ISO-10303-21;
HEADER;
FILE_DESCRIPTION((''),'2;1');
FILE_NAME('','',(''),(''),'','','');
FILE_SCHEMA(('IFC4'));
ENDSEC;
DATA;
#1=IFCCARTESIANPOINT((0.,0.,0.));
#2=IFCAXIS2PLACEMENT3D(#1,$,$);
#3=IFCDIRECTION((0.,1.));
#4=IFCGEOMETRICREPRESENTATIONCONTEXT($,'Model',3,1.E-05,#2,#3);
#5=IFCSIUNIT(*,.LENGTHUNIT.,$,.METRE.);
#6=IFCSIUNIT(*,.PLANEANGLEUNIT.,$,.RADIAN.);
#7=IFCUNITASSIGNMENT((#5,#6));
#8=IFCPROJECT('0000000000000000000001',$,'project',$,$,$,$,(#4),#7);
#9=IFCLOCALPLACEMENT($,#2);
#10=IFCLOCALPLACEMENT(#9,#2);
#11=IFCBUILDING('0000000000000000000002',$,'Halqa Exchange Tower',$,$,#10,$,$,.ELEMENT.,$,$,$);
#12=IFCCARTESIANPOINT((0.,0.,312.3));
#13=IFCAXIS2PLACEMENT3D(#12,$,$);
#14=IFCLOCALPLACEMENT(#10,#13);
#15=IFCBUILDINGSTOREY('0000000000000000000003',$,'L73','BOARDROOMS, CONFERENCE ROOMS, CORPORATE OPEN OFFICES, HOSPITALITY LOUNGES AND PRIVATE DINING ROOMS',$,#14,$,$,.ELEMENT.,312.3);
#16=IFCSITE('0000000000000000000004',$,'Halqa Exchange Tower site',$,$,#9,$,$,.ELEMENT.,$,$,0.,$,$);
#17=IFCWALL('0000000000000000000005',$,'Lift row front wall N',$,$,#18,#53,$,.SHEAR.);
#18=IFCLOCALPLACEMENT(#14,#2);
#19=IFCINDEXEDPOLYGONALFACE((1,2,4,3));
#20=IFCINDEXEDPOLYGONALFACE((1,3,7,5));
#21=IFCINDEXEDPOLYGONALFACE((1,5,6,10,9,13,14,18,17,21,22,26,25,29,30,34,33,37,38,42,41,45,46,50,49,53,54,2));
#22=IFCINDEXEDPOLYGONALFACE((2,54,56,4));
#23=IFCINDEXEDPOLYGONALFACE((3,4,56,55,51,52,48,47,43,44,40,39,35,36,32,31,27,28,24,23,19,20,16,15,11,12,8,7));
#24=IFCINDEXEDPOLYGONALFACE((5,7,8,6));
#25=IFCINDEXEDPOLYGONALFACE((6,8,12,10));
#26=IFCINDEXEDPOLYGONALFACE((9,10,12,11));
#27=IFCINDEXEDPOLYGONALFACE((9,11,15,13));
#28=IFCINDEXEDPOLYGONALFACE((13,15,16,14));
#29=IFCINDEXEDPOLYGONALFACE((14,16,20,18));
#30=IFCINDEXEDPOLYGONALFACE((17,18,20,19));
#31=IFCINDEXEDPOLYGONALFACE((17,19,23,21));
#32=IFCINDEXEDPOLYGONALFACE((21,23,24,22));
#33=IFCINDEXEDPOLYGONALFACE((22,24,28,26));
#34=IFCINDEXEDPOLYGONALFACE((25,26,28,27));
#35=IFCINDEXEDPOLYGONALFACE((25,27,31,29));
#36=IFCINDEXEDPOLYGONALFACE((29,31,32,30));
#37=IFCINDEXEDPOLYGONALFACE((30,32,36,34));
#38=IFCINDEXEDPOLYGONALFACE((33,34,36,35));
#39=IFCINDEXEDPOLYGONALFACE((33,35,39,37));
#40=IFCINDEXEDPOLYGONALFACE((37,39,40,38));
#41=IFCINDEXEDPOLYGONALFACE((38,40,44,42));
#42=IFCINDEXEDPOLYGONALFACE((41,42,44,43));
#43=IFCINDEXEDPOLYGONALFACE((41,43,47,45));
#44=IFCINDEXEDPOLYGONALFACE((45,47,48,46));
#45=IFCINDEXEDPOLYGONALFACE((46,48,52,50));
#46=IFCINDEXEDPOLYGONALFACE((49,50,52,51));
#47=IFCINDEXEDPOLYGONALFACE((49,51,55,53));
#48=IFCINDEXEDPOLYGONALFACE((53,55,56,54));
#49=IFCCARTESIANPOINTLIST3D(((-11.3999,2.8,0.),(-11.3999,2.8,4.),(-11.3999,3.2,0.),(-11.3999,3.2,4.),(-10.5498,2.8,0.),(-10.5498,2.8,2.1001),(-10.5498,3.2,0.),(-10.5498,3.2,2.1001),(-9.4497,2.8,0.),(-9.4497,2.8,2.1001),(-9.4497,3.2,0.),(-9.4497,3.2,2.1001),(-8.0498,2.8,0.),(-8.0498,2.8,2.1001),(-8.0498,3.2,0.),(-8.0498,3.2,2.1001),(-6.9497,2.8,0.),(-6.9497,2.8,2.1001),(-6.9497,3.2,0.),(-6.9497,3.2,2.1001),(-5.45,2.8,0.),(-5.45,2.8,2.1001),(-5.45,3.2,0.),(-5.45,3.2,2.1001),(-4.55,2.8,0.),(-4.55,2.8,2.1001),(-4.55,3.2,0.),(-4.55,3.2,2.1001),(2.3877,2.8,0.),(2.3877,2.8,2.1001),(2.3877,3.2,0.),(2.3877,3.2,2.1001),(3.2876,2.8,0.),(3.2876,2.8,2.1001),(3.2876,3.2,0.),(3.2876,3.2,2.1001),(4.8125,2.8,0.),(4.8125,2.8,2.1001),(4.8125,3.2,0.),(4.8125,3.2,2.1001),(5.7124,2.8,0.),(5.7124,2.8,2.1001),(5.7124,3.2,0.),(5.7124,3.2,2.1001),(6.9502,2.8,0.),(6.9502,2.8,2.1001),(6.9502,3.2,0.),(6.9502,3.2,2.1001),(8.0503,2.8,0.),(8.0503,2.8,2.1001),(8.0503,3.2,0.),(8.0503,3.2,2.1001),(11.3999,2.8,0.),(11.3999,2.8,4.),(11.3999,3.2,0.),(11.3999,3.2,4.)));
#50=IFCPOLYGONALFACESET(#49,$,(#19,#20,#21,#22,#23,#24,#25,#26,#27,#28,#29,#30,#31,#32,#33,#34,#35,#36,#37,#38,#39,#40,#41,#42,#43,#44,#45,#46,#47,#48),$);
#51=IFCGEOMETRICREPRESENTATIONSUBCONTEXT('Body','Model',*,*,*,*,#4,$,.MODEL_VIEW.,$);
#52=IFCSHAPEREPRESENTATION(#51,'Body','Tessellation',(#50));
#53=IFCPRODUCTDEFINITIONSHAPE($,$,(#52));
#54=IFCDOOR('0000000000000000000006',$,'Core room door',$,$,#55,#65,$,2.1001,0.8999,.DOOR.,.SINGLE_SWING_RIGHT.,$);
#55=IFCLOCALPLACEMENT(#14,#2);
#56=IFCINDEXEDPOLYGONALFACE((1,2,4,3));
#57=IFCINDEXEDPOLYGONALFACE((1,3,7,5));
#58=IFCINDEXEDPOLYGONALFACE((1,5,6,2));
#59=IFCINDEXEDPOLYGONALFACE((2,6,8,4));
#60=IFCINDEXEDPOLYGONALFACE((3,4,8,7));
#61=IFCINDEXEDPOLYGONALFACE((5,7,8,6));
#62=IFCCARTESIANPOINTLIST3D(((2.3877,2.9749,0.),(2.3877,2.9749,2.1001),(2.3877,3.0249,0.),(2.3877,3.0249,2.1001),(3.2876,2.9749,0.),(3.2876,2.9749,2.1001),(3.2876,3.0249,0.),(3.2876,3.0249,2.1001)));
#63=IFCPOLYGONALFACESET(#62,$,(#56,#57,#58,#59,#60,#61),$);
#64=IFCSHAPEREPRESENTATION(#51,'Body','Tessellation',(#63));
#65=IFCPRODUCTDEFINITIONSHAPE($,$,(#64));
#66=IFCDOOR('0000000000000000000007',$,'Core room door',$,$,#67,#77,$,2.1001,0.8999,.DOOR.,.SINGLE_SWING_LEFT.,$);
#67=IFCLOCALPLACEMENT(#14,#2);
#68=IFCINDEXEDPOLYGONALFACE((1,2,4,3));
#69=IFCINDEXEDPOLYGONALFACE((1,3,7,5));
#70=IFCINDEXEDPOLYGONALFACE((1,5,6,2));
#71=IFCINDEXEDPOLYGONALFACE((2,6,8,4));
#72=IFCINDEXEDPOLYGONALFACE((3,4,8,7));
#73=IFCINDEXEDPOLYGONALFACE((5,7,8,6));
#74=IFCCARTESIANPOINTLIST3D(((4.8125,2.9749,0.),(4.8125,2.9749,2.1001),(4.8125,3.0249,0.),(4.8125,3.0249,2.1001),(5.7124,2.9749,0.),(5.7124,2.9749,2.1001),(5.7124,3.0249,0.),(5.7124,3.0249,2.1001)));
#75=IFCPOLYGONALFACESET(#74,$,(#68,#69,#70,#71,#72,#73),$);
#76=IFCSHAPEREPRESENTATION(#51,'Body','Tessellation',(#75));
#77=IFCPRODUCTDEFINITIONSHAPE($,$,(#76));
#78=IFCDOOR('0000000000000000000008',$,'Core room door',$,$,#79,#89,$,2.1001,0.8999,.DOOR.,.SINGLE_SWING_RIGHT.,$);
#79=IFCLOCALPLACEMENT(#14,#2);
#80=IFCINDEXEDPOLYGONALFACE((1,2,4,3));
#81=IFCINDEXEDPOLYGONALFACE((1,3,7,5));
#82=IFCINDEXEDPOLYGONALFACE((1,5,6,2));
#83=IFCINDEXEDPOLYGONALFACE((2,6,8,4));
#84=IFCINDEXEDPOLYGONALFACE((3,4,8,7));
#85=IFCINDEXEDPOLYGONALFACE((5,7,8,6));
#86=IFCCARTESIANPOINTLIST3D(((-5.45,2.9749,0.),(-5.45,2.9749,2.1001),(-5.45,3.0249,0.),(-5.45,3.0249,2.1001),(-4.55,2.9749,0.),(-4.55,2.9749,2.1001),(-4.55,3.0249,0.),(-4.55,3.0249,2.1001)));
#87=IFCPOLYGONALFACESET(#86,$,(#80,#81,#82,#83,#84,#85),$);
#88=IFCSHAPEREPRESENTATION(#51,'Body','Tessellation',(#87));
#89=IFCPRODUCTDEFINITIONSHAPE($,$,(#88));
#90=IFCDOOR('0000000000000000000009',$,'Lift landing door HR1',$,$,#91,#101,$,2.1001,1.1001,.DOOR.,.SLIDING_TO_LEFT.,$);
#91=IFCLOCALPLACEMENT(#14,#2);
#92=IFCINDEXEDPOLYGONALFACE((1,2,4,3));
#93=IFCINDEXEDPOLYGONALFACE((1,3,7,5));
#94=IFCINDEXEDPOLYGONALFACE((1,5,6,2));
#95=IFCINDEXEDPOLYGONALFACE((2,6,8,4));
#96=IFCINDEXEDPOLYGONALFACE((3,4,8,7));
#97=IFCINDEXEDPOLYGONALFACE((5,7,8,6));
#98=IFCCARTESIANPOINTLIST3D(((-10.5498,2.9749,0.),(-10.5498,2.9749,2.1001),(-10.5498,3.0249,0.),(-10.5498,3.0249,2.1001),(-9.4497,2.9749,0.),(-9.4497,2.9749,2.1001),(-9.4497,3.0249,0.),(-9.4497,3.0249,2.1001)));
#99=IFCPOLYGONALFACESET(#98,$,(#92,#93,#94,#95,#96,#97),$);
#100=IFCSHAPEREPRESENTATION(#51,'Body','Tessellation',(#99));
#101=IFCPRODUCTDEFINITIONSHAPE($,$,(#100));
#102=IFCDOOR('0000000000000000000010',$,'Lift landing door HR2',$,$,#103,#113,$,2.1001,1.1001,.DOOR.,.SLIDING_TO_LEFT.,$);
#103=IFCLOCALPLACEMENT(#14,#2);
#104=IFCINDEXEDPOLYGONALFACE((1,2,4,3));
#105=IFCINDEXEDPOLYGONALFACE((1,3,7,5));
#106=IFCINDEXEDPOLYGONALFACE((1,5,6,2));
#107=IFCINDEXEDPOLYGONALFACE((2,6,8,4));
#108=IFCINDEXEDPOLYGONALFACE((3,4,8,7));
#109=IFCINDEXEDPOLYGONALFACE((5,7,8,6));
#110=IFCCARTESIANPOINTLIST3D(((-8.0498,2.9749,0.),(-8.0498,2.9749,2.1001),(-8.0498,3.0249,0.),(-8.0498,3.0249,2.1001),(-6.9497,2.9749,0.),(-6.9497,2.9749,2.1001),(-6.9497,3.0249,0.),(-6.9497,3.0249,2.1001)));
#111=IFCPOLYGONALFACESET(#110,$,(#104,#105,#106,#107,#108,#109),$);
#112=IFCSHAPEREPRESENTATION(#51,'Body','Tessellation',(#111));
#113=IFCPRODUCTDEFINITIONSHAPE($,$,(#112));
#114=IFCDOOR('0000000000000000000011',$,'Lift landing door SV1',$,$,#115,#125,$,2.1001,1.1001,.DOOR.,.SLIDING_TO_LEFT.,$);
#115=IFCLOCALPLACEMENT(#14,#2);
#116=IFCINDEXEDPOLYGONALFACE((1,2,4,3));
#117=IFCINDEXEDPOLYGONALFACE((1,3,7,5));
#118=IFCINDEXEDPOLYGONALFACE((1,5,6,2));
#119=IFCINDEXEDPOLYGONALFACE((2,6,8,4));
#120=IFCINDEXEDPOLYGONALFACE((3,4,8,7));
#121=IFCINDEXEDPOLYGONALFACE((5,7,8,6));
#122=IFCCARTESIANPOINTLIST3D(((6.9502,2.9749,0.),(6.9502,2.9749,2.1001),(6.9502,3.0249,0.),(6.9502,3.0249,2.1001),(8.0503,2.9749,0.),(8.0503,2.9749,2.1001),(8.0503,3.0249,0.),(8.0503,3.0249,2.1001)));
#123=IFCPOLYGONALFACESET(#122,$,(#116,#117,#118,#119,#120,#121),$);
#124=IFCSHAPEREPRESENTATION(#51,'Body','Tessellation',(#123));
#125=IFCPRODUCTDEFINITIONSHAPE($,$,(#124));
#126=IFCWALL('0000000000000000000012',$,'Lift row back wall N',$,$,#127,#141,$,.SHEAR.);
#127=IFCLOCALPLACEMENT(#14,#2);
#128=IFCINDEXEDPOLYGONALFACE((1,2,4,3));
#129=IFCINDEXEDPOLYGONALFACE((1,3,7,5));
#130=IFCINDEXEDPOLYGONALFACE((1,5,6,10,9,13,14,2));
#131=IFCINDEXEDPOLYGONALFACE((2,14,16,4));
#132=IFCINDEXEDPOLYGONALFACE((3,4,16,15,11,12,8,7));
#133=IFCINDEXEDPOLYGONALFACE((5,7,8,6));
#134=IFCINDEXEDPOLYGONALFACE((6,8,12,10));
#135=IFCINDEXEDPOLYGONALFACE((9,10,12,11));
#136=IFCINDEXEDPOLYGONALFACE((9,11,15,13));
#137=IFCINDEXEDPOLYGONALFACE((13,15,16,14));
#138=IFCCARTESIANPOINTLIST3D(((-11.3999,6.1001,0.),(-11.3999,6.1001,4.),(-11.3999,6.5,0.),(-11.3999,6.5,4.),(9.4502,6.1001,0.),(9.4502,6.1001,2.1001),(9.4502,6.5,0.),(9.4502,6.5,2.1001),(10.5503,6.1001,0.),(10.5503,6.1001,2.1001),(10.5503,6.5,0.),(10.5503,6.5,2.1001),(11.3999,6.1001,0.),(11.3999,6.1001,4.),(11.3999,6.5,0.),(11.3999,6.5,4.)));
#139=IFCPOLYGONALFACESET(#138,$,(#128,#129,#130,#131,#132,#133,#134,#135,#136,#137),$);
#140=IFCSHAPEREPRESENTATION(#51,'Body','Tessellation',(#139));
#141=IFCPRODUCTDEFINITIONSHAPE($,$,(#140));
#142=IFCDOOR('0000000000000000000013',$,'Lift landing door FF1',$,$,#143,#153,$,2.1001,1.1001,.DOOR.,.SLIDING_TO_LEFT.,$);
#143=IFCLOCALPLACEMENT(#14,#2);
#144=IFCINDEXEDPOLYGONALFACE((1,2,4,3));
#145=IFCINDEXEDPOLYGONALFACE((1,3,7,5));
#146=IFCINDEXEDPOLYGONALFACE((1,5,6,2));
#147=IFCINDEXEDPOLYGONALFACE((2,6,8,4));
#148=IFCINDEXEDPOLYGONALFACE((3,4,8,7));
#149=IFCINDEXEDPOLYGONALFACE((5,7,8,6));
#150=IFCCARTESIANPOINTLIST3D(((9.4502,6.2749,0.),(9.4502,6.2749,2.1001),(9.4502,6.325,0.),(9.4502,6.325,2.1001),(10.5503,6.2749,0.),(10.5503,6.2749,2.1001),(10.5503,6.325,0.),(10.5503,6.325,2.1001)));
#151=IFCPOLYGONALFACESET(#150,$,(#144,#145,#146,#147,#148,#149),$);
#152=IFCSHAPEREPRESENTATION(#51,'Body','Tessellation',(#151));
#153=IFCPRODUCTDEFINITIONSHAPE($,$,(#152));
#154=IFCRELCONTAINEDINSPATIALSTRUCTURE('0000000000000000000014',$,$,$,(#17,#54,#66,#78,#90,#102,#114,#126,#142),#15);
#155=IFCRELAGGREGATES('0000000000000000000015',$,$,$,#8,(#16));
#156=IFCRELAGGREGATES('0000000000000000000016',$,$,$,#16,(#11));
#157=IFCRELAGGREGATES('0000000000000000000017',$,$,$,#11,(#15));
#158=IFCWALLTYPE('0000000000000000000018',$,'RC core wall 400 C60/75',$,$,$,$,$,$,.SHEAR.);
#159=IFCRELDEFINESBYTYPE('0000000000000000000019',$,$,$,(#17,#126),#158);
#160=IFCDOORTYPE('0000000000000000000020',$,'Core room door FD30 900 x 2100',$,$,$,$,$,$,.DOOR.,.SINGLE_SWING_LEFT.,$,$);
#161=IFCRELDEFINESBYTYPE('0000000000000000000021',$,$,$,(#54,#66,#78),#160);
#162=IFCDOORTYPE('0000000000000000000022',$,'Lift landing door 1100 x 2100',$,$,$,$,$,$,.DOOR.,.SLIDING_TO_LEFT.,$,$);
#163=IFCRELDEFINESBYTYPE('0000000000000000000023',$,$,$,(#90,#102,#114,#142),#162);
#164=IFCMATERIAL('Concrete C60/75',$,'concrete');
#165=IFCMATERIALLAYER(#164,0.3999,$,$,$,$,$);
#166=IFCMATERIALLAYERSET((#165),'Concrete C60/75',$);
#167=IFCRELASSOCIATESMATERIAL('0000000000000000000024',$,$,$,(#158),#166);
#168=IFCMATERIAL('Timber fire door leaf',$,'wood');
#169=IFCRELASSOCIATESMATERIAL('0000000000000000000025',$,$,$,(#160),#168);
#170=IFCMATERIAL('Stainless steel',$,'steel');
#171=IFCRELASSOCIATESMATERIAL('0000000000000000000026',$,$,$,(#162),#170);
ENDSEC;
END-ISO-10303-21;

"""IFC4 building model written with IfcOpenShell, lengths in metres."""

from ifc_helpers import new_model, si_unit, direction, frame, frame_2d, origin, place, context, subcontext, project, spatial, rectangle, extrude, material, layer, layer_set, type_object, element, fill, save


model = new_model("IFC4")

# Units and contexts
model_context = context("Model", 3, precision=1e-05, world=origin(), true_north=direction((0.0, 1.0)))
body_context = subcontext(model_context, "Body", "Model", "MODEL_VIEW")
ifc_project = project(units=[si_unit("LENGTHUNIT", "METRE"), si_unit("PLANEANGLEUNIT", "RADIAN")], contexts=[model_context])

# Site, building, storey
site_placement = place(None, origin())
site = spatial("IfcSite", under=ifc_project, at=site_placement, Name="Halqa Exchange Tower site", CompositionType="ELEMENT", RefElevation=0.0)
building_placement = place(site_placement, origin())
building = spatial("IfcBuilding", under=site, at=building_placement, Name="Halqa Exchange Tower", CompositionType="ELEMENT")
storey_placement = place(building_placement, frame((0.0, 0.0, 312.3)))
storey = spatial("IfcBuildingStorey", under=building, at=storey_placement, Name="L73", Description="BOARDROOMS, CONFERENCE ROOMS, CORPORATE OPEN OFFICES, HOSPITALITY LOUNGES AND PRIVATE DINING ROOMS", CompositionType="ELEMENT", Elevation=312.3)

# Shared definitions
ifc_material_1 = material(Name="Concrete C60/75", Category="concrete")

# Wall, openings, doors
ifc_layer_1 = layer(ifc_material_1, 0.3999)
ifc_layer_set_1 = layer_set([ifc_layer_1], Name="Concrete C60/75")
wall_type_1 = type_object("IfcWallType", Name="RC core wall 400 C60/75", PredefinedType="SHEAR", material=ifc_layer_set_1)
wall_1_placement = place(storey_placement, frame((-11.3999, 3.0, 0.0), z_axis=(0.0, 0.0, 1.0), x_axis=(1.0, 0.0, 0.0)))
wall_1 = element("IfcWall", 1, at=wall_1_placement, inside=storey, type_object=wall_type_1, Name="Lift row front wall N", PredefinedType="SHEAR", context=body_context, shape_type="SweptSolid", body=[
    extrude(rectangle(XDim=22.7998, YDim=0.3999, at=frame_2d((11.3999, 0.0))), origin(), (0.0, 0.0, 1.0), 4.0),
])
opening_1_placement = place(wall_1_placement, frame((0.8501, 0.0, 0.0)))
opening_1 = element("IfcOpeningElement", 2, at=opening_1_placement, cuts=wall_1, PredefinedType="OPENING", context=body_context, shape_type="SweptSolid", body=[
    extrude(rectangle(XDim=1.1001, YDim=2.1001, at=frame_2d((0.55, 1.05))), frame((0.0, 0.2119, 0.0), z_axis=(0.0, -1.0, 0.0), x_axis=(1.0, 0.0, 0.0)), (0.0, 0.0, 1.0), 0.4238),
])
opening_2_placement = place(wall_1_placement, frame((3.3501, 0.0, 0.0)))
opening_2 = element("IfcOpeningElement", 3, at=opening_2_placement, cuts=wall_1, PredefinedType="OPENING", context=body_context, shape_type="SweptSolid", body=[
    extrude(rectangle(XDim=1.1001, YDim=2.1001, at=frame_2d((0.55, 1.05))), frame((0.0, 0.2119, 0.0), z_axis=(0.0, -1.0, 0.0), x_axis=(1.0, 0.0, 0.0)), (0.0, 0.0, 1.0), 0.4238),
])
opening_3_placement = place(wall_1_placement, frame((18.3501, 0.0, 0.0)))
opening_3 = element("IfcOpeningElement", 4, at=opening_3_placement, cuts=wall_1, PredefinedType="OPENING", context=body_context, shape_type="SweptSolid", body=[
    extrude(rectangle(XDim=1.1001, YDim=2.1001, at=frame_2d((0.55, 1.05))), frame((0.0, 0.2119, 0.0), z_axis=(0.0, -1.0, 0.0), x_axis=(1.0, 0.0, 0.0)), (0.0, 0.0, 1.0), 0.4238),
])
opening_4_placement = place(wall_1_placement, frame((13.7876, 0.0, 0.0)))
opening_4 = element("IfcOpeningElement", 5, at=opening_4_placement, cuts=wall_1, PredefinedType="OPENING", context=body_context, shape_type="SweptSolid", body=[
    extrude(rectangle(XDim=0.8999, YDim=2.1001, at=frame_2d((0.45, 1.05))), frame((0.0, 0.2119, 0.0), z_axis=(0.0, -1.0, 0.0), x_axis=(1.0, 0.0, 0.0)), (0.0, 0.0, 1.0), 0.4238),
])
opening_5_placement = place(wall_1_placement, frame((16.2124, 0.0, 0.0)))
opening_5 = element("IfcOpeningElement", 6, at=opening_5_placement, cuts=wall_1, PredefinedType="OPENING", context=body_context, shape_type="SweptSolid", body=[
    extrude(rectangle(XDim=0.8999, YDim=2.1001, at=frame_2d((0.45, 1.05))), frame((0.0, 0.2119, 0.0), z_axis=(0.0, -1.0, 0.0), x_axis=(1.0, 0.0, 0.0)), (0.0, 0.0, 1.0), 0.4238),
])
opening_6_placement = place(wall_1_placement, frame((5.95, 0.0, 0.0)))
opening_6 = element("IfcOpeningElement", 7, at=opening_6_placement, cuts=wall_1, PredefinedType="OPENING", context=body_context, shape_type="SweptSolid", body=[
    extrude(rectangle(XDim=0.8999, YDim=2.1001, at=frame_2d((0.45, 1.05))), frame((0.0, 0.2119, 0.0), z_axis=(0.0, -1.0, 0.0), x_axis=(1.0, 0.0, 0.0)), (0.0, 0.0, 1.0), 0.4238),
])
ifc_material_2 = material(Name="Timber fire door leaf", Category="wood")
door_type_1 = type_object("IfcDoorType", Name="Core room door FD30 900 x 2100", OperationType="SINGLE_SWING_LEFT", PredefinedType="DOOR", material=ifc_material_2)
door_1_placement = place(opening_4_placement, origin())
door_1 = element("IfcDoor", 8, at=door_1_placement, inside=storey, type_object=door_type_1, Name="Core room door", OperationType="SINGLE_SWING_RIGHT", OverallHeight=2.1001, OverallWidth=0.8999, PredefinedType="DOOR", context=body_context, shape_type="SweptSolid", body=[
    extrude(rectangle(XDim=0.8999, YDim=2.1001, at=frame_2d((0.45, 1.05))), frame((0.0, 0.0249, 0.0), z_axis=(0.0, -1.0, 0.0), x_axis=(1.0, 0.0, 0.0)), (0.0, 0.0, 1.0), 0.05),
])
fill(opening_4, door_1)
door_2_placement = place(opening_5_placement, origin())
door_2 = element("IfcDoor", 9, at=door_2_placement, inside=storey, type_object=door_type_1, Name="Core room door", OperationType="SINGLE_SWING_LEFT", OverallHeight=2.1001, OverallWidth=0.8999, PredefinedType="DOOR", context=body_context, shape_type="SweptSolid", body=[
    extrude(rectangle(XDim=0.8999, YDim=2.1001, at=frame_2d((0.45, 1.05))), frame((0.0, 0.0249, 0.0), z_axis=(0.0, -1.0, 0.0), x_axis=(1.0, 0.0, 0.0)), (0.0, 0.0, 1.0), 0.05),
])
fill(opening_5, door_2)
door_3_placement = place(opening_6_placement, origin())
door_3 = element("IfcDoor", 10, at=door_3_placement, inside=storey, type_object=door_type_1, Name="Core room door", OperationType="SINGLE_SWING_RIGHT", OverallHeight=2.1001, OverallWidth=0.8999, PredefinedType="DOOR", context=body_context, shape_type="SweptSolid", body=[
    extrude(rectangle(XDim=0.8999, YDim=2.1001, at=frame_2d((0.45, 1.05))), frame((0.0, 0.0249, 0.0), z_axis=(0.0, -1.0, 0.0), x_axis=(1.0, 0.0, 0.0)), (0.0, 0.0, 1.0), 0.05),
])
fill(opening_6, door_3)
ifc_material_3 = material(Name="Stainless steel", Category="steel")
door_type_2 = type_object("IfcDoorType", Name="Lift landing door 1100 x 2100", OperationType="SLIDING_TO_LEFT", PredefinedType="DOOR", material=ifc_material_3)
door_4_placement = place(opening_1_placement, origin())
door_4 = element("IfcDoor", 11, at=door_4_placement, inside=storey, type_object=door_type_2, Name="Lift landing door HR1", OperationType="SLIDING_TO_LEFT", OverallHeight=2.1001, OverallWidth=1.1001, PredefinedType="DOOR", context=body_context, shape_type="SweptSolid", body=[
    extrude(rectangle(XDim=1.1001, YDim=2.1001, at=frame_2d((0.55, 1.05))), frame((0.0, 0.0249, 0.0), z_axis=(0.0, -1.0, 0.0), x_axis=(1.0, 0.0, 0.0)), (0.0, 0.0, 1.0), 0.05),
])
fill(opening_1, door_4)
door_5_placement = place(opening_2_placement, origin())
door_5 = element("IfcDoor", 12, at=door_5_placement, inside=storey, type_object=door_type_2, Name="Lift landing door HR2", OperationType="SLIDING_TO_LEFT", OverallHeight=2.1001, OverallWidth=1.1001, PredefinedType="DOOR", context=body_context, shape_type="SweptSolid", body=[
    extrude(rectangle(XDim=1.1001, YDim=2.1001, at=frame_2d((0.55, 1.05))), frame((0.0, 0.0249, 0.0), z_axis=(0.0, -1.0, 0.0), x_axis=(1.0, 0.0, 0.0)), (0.0, 0.0, 1.0), 0.05),
])
fill(opening_2, door_5)
door_6_placement = place(opening_3_placement, origin())
door_6 = element("IfcDoor", 13, at=door_6_placement, inside=storey, type_object=door_type_2, Name="Lift landing door SV1", OperationType="SLIDING_TO_LEFT", OverallHeight=2.1001, OverallWidth=1.1001, PredefinedType="DOOR", context=body_context, shape_type="SweptSolid", body=[
    extrude(rectangle(XDim=1.1001, YDim=2.1001, at=frame_2d((0.55, 1.05))), frame((0.0, 0.0249, 0.0), z_axis=(0.0, -1.0, 0.0), x_axis=(1.0, 0.0, 0.0)), (0.0, 0.0, 1.0), 0.05),
])
fill(opening_3, door_6)

# Wall, opening, door
wall_2_placement = place(storey_placement, frame((-11.3999, 6.3, 0.0), z_axis=(0.0, 0.0, 1.0), x_axis=(1.0, 0.0, 0.0)))
wall_2 = element("IfcWall", 14, at=wall_2_placement, inside=storey, type_object=wall_type_1, Name="Lift row back wall N", PredefinedType="SHEAR", context=body_context, shape_type="SweptSolid", body=[
    extrude(rectangle(XDim=22.7998, YDim=0.3999, at=frame_2d((11.3999, 0.0))), origin(), (0.0, 0.0, 1.0), 4.0),
])
opening_7_placement = place(wall_2_placement, frame((20.8501, 0.0, 0.0)))
opening_7 = element("IfcOpeningElement", 15, at=opening_7_placement, cuts=wall_2, PredefinedType="OPENING", context=body_context, shape_type="SweptSolid", body=[
    extrude(rectangle(XDim=1.1001, YDim=2.1001, at=frame_2d((0.55, 1.05))), frame((0.0, 0.2119, 0.0), z_axis=(0.0, -1.0, 0.0), x_axis=(1.0, 0.0, 0.0)), (0.0, 0.0, 1.0), 0.4238),
])
door_7_placement = place(opening_7_placement, origin())
door_7 = element("IfcDoor", 16, at=door_7_placement, inside=storey, type_object=door_type_2, Name="Lift landing door FF1", OperationType="SLIDING_TO_LEFT", OverallHeight=2.1001, OverallWidth=1.1001, PredefinedType="DOOR", context=body_context, shape_type="SweptSolid", body=[
    extrude(rectangle(XDim=1.1001, YDim=2.1001, at=frame_2d((0.55, 1.05))), frame((0.0, 0.0249, 0.0), z_axis=(0.0, -1.0, 0.0), x_axis=(1.0, 0.0, 0.0)), (0.0, 0.0, 1.0), 0.05),
])
fill(opening_7, door_7)

save(model, "model.ifc")
